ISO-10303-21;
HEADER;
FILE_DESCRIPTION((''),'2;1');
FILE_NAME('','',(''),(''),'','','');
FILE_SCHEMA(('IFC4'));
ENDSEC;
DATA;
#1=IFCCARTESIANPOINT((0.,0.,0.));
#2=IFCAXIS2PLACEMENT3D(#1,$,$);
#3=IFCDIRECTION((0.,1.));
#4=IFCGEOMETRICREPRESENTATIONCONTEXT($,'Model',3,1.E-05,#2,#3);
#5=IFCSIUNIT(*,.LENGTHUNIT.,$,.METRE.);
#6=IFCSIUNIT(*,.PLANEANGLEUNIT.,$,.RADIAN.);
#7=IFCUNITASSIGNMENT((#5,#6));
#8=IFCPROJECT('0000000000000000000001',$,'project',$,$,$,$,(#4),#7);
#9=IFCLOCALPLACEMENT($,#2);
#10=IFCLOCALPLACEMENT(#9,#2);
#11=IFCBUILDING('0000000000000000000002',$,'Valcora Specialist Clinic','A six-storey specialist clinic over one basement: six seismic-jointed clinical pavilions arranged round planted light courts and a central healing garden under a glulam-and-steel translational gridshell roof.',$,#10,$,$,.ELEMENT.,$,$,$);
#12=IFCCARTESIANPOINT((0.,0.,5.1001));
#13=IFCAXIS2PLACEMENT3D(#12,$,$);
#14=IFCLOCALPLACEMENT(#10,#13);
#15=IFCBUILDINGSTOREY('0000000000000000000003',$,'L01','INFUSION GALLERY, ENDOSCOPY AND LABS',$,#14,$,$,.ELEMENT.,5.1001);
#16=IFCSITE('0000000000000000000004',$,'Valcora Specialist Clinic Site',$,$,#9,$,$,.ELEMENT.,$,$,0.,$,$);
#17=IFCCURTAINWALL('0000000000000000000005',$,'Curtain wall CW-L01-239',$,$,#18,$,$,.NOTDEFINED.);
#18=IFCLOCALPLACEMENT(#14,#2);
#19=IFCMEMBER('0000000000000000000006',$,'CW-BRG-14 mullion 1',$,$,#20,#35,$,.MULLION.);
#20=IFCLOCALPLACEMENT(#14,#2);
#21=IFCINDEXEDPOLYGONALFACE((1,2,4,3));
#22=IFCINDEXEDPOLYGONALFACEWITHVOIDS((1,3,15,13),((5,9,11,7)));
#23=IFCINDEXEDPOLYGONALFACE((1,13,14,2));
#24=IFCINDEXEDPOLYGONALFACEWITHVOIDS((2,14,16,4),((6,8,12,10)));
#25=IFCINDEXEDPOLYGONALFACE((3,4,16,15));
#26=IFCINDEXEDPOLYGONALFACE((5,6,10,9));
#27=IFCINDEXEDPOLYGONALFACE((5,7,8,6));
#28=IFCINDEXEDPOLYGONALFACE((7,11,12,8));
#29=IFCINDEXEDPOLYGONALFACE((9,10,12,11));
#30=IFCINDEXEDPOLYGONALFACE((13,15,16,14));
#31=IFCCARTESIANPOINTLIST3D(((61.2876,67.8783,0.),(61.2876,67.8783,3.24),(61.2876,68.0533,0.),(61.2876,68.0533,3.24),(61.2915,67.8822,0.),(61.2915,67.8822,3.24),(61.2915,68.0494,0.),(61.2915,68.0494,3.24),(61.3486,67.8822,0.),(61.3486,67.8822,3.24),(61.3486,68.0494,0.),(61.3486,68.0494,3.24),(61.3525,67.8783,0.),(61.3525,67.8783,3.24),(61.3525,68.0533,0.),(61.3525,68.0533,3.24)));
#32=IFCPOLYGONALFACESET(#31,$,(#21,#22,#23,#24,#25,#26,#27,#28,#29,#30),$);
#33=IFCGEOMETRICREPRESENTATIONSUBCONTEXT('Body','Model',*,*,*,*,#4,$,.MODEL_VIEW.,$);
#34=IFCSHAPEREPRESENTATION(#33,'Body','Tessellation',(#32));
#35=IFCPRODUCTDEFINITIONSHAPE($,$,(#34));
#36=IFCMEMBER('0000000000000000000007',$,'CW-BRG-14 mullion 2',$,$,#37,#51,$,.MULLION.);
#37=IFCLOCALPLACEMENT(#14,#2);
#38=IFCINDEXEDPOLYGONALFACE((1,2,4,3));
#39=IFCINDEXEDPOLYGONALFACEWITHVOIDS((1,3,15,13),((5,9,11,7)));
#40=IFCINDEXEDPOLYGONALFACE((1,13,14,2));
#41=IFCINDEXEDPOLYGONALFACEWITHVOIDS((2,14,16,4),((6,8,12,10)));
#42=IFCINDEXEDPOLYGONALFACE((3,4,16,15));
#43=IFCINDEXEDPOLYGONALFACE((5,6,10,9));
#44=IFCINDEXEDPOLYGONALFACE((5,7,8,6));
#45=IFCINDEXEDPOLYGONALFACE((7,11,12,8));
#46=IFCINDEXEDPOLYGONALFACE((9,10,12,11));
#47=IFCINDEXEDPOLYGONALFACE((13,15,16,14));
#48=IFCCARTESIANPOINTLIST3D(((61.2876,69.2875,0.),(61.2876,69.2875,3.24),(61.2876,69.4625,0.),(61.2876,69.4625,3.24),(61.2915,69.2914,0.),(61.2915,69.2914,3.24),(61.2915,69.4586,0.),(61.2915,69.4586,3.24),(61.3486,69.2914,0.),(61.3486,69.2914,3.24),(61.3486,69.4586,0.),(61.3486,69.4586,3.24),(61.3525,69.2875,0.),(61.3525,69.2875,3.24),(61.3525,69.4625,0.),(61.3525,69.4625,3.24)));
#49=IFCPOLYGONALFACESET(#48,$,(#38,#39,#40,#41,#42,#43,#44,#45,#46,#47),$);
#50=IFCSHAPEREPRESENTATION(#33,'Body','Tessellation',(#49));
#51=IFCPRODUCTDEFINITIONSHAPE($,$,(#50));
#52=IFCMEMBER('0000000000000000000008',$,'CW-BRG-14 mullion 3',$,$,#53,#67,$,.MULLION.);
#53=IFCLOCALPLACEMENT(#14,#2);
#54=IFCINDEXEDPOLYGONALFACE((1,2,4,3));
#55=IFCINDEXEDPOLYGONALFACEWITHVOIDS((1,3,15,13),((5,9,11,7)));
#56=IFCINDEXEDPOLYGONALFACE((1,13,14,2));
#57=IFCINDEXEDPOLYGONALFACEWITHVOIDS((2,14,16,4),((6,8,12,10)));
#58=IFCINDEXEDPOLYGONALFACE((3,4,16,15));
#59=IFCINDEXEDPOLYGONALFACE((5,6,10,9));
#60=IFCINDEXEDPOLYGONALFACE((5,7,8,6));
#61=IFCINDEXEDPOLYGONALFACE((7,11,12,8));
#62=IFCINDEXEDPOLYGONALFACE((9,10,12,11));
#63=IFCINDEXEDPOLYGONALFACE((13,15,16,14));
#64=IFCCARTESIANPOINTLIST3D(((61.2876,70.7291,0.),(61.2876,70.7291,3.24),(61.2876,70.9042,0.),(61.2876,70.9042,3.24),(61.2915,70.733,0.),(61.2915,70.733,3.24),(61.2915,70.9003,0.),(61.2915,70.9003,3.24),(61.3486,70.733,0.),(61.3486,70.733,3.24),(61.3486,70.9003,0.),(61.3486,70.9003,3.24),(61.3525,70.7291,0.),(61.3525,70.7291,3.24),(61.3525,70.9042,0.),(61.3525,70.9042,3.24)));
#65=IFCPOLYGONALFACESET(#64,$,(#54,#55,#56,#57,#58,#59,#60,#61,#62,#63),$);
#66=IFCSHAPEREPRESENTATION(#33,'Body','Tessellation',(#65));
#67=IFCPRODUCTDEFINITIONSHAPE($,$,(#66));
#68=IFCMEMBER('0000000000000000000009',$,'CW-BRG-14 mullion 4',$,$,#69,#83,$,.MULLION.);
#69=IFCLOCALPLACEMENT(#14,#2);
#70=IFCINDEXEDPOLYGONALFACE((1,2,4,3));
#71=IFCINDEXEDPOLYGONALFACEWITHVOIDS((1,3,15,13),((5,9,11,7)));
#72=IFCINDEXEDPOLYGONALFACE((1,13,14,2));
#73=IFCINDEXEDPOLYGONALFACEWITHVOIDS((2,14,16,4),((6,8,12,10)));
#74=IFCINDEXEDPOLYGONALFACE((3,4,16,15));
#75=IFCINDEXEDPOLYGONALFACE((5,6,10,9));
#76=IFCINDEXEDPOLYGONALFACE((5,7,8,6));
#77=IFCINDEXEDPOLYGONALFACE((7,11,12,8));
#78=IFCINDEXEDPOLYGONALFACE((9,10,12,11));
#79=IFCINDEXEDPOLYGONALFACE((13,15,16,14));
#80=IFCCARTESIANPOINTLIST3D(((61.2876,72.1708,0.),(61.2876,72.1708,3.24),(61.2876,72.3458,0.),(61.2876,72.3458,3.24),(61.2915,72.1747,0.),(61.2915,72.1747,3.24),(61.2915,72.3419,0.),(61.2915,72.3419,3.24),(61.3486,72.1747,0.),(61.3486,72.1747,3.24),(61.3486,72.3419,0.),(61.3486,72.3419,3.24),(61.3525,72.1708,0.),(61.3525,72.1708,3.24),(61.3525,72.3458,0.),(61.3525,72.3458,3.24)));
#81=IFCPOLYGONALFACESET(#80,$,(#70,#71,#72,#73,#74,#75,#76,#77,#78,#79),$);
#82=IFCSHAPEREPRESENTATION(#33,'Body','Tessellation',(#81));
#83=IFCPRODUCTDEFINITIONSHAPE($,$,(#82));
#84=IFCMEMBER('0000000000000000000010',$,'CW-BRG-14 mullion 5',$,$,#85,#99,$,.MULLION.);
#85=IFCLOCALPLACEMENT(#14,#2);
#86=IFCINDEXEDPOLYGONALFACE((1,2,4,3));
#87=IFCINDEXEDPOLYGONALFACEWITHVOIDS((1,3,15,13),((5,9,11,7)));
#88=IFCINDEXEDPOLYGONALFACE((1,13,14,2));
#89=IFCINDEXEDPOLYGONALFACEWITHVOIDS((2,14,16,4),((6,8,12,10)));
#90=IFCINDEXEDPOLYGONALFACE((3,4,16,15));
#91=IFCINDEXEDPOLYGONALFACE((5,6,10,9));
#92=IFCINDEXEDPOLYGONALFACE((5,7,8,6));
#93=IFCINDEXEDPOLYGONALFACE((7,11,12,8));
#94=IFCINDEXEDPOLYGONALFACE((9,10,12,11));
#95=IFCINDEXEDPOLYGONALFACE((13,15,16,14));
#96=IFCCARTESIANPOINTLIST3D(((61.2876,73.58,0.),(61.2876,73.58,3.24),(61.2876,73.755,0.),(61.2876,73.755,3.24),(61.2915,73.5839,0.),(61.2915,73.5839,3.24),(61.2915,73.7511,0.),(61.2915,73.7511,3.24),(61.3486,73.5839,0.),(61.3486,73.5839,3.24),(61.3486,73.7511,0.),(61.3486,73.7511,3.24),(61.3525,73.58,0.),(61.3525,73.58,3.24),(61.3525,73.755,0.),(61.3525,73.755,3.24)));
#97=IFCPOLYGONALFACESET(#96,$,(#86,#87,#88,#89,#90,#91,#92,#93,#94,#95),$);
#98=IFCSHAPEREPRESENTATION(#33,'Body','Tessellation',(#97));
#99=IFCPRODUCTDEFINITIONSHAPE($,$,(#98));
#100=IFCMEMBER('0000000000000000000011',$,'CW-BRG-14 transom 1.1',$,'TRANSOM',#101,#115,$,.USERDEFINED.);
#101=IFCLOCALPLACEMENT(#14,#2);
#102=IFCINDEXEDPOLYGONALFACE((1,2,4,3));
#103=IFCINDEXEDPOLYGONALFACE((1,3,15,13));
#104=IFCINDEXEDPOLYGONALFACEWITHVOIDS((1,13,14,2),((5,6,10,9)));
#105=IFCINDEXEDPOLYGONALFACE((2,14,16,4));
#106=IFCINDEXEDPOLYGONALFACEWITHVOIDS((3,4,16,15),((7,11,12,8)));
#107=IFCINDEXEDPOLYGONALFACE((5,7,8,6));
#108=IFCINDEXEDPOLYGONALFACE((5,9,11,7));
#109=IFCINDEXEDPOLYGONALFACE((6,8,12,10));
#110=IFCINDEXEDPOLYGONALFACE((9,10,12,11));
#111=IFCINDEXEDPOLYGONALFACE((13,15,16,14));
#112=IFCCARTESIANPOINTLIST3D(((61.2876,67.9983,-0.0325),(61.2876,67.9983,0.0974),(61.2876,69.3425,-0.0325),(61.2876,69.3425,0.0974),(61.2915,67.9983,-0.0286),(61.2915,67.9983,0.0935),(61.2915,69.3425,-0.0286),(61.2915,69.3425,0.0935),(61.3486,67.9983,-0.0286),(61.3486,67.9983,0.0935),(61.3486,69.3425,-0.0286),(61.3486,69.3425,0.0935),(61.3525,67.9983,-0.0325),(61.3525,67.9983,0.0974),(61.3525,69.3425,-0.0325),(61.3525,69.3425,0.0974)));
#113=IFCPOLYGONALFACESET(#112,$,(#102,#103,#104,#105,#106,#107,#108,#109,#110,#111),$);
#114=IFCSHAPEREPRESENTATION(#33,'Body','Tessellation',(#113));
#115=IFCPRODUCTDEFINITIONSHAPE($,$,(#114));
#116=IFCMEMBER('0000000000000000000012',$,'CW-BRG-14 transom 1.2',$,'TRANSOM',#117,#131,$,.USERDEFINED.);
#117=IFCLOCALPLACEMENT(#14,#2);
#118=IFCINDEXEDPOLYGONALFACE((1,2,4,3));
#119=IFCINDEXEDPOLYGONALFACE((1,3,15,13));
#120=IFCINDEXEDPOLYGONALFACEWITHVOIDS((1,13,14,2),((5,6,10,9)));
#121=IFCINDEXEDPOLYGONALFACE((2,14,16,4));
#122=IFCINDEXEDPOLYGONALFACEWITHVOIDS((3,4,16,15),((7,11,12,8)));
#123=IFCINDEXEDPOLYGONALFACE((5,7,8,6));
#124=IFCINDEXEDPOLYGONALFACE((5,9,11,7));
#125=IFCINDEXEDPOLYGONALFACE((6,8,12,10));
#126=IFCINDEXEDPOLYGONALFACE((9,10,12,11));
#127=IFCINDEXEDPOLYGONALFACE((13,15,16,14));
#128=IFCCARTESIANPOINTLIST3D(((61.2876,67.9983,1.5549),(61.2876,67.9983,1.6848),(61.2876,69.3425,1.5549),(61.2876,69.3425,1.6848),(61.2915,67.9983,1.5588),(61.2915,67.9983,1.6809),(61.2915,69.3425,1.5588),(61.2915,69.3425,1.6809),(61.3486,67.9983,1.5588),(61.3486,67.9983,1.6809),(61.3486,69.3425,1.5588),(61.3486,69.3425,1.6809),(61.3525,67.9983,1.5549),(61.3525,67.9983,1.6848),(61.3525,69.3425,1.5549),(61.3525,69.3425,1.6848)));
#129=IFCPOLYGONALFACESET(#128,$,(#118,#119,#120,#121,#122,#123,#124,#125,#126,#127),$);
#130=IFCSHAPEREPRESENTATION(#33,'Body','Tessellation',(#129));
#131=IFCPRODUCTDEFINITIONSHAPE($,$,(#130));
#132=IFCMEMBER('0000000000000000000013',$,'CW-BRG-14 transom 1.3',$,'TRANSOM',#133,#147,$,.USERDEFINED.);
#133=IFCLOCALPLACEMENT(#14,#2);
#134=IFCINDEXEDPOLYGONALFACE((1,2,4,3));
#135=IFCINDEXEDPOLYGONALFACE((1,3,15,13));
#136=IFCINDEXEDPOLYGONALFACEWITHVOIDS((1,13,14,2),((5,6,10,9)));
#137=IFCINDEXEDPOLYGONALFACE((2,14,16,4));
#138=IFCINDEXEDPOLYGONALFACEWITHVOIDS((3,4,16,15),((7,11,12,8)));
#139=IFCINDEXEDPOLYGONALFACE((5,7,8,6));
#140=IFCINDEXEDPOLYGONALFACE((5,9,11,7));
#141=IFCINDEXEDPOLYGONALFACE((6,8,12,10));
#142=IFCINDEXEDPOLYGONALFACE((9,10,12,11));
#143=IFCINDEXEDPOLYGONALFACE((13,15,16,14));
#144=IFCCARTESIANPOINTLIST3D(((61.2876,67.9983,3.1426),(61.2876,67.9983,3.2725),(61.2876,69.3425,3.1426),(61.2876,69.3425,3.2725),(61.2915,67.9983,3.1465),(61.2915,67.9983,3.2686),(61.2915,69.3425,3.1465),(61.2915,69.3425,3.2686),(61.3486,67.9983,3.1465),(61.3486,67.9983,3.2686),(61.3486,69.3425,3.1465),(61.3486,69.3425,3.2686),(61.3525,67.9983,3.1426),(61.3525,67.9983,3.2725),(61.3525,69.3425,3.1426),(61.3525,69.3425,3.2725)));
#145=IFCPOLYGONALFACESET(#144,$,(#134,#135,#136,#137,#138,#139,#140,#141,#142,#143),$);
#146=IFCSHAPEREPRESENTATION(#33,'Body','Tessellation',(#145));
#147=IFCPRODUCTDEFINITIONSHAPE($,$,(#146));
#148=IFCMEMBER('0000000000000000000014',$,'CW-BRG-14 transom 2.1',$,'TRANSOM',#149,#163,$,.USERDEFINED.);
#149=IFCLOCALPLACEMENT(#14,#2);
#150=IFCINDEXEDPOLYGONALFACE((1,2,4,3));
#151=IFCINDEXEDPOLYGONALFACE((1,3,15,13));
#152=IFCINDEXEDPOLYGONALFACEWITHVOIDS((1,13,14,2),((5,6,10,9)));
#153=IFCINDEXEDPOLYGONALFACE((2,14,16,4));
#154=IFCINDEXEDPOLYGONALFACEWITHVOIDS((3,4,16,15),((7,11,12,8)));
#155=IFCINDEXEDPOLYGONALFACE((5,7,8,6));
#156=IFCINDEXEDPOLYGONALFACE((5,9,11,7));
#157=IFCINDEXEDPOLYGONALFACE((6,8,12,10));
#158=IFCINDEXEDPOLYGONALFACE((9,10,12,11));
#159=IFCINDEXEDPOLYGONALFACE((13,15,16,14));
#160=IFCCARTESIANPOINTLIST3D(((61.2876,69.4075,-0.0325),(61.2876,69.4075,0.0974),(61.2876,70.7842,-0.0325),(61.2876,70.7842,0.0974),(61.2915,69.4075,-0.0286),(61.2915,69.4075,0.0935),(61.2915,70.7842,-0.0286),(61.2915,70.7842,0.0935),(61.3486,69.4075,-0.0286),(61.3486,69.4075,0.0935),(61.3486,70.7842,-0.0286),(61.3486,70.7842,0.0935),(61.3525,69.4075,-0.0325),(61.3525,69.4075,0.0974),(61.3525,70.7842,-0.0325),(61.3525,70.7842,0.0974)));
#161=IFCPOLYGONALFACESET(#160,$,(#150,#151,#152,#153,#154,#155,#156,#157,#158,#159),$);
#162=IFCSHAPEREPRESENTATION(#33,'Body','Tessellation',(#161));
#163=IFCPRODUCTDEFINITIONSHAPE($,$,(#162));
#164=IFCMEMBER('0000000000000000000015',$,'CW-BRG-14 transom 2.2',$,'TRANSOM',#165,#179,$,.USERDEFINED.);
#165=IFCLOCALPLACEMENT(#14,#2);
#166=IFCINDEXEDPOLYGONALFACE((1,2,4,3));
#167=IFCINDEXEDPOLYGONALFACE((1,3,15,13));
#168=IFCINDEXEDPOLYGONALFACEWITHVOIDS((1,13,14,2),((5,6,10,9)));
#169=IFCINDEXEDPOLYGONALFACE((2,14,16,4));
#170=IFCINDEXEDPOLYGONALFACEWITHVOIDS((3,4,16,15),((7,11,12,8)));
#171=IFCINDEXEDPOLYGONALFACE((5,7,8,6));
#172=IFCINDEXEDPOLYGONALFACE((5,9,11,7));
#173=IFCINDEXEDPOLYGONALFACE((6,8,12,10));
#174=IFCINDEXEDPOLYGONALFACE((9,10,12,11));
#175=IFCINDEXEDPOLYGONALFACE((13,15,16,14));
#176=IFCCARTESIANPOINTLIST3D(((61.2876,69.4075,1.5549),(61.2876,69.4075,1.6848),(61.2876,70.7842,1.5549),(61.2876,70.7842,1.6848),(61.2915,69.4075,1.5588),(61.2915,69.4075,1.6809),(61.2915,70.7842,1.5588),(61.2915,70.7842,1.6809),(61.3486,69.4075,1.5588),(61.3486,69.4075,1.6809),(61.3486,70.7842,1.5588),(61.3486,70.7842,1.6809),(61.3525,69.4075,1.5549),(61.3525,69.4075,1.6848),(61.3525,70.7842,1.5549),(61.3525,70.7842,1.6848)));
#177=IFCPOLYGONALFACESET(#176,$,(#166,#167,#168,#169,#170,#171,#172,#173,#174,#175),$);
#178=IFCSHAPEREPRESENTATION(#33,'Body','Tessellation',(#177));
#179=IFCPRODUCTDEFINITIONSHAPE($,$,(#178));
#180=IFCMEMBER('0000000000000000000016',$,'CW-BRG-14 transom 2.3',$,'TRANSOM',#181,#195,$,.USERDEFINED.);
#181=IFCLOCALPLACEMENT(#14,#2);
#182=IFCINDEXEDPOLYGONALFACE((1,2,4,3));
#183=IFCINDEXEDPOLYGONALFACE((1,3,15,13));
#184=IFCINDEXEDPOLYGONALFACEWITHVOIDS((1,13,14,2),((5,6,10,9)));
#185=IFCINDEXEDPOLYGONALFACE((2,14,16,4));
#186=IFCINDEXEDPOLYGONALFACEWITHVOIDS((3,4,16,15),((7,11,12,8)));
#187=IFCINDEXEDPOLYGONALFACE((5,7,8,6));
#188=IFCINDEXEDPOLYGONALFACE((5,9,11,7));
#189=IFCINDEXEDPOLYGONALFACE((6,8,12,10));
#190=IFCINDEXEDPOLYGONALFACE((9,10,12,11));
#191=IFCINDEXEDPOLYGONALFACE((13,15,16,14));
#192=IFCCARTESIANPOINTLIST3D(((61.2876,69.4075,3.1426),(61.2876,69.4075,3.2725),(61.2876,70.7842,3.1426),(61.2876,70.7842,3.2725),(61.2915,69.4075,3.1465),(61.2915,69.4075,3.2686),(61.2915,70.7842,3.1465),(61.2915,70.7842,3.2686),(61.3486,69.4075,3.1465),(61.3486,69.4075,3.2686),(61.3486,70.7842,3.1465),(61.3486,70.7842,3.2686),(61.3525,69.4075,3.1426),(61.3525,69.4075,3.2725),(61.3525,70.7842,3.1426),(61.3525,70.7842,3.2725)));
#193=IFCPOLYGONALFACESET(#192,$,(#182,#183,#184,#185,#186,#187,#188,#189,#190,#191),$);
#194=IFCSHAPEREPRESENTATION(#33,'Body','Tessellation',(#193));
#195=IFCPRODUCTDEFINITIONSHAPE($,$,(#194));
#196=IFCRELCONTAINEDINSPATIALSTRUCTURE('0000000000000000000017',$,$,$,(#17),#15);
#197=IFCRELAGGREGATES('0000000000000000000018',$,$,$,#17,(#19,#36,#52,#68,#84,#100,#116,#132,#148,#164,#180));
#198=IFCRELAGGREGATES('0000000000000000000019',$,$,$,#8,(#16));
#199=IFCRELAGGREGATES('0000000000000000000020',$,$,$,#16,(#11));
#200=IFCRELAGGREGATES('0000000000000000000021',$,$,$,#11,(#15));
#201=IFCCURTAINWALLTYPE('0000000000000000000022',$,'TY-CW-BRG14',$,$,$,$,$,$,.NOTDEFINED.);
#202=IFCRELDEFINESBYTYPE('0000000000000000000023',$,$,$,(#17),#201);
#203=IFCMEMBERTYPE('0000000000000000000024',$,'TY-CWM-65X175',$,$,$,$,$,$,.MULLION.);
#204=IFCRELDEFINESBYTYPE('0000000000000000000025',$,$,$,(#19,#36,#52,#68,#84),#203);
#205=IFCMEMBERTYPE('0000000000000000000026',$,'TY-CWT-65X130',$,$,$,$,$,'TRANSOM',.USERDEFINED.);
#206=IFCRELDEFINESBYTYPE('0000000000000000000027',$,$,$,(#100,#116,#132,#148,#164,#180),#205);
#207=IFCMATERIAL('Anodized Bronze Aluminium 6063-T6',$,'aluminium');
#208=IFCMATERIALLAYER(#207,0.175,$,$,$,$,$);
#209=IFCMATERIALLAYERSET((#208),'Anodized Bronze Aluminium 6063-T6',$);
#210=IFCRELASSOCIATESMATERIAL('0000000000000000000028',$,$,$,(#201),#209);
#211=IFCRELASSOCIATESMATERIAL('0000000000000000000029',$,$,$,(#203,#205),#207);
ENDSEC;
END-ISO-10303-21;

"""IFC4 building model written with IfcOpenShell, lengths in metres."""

from ifc_helpers import new_model, si_unit, direction, frame, origin, origin_2d, place, context, subcontext, project, spatial, hollow_rectangle, extrude, material, layer, layer_set, material_profile, profile_set, type_object, element, aggregate, save


model = new_model("IFC4")

# Units and contexts
model_context = context("Model", 3, precision=1e-05, world=origin(), true_north=direction((0.0, 1.0)))
body_context = subcontext(model_context, "Body", "Model", "MODEL_VIEW")
ifc_project = project(units=[si_unit("LENGTHUNIT", "METRE"), si_unit("PLANEANGLEUNIT", "RADIAN")], contexts=[model_context])

# Site, building, storey
site_placement = place(None, origin())
site = spatial("IfcSite", under=ifc_project, at=site_placement, Name="Valcora Specialist Clinic Site", CompositionType="ELEMENT", RefElevation=0.0)
building_placement = place(site_placement, origin())
building = spatial("IfcBuilding", under=site, at=building_placement, Name="Valcora Specialist Clinic", Description="A six-storey specialist clinic over one basement: six seismic-jointed clinical pavilions arranged round planted light courts and a central healing garden under a glulam-and-steel translational gridshell roof.", CompositionType="ELEMENT")
storey_placement = place(building_placement, frame((0.0, 0.0, 5.1001)))
storey = spatial("IfcBuildingStorey", under=building, at=storey_placement, Name="L01", Description="INFUSION GALLERY, ENDOSCOPY AND LABS", CompositionType="ELEMENT", Elevation=5.1001)

# Curtain wall, members
ifc_material_1 = material(Name="Anodized Bronze Aluminium 6063-T6", Category="aluminium")
ifc_layer_1 = layer(ifc_material_1, 0.175)
ifc_layer_set_1 = layer_set([ifc_layer_1], Name="Anodized Bronze Aluminium 6063-T6")
curtain_wall_type = type_object("IfcCurtainWallType", Name="TY-CW-BRG14", PredefinedType="NOTDEFINED", material=ifc_layer_set_1)
curtain_wall_placement = place(storey_placement, origin())
curtain_wall = element("IfcCurtainWall", 1, at=curtain_wall_placement, inside=storey, type_object=curtain_wall_type, Name="Curtain wall CW-L01-239", PredefinedType="NOTDEFINED")
ifc_material_profile_1 = material_profile(ifc_material_1, hollow_rectangle(XDim=0.0649, YDim=0.175, WallThickness=0.0039, at=origin_2d()), Name="AL-MUL-65X175")
ifc_profile_set_1 = profile_set([ifc_material_profile_1], Name="Anodized Bronze Aluminium 6063-T6")
member_type_1 = type_object("IfcMemberType", Name="TY-CWM-65X175", PredefinedType="MULLION", material=ifc_profile_set_1)
member_1_placement = place(storey_placement, frame((61.3201, 67.9658, 0.0), z_axis=(0.0, 0.0, 1.0), x_axis=(-1.0, 0.0, 0.0)))
member_1 = element("IfcMember", 2, at=member_1_placement, type_object=member_type_1, Name="CW-BRG-14 mullion 1", PredefinedType="MULLION", context=body_context, shape_type="SweptSolid", body=[
    extrude(hollow_rectangle(XDim=0.0649, YDim=0.175, WallThickness=0.0039, at=origin_2d()), origin(), (0.0, 0.0, 1.0), 3.24),
])
member_2_placement = place(storey_placement, frame((61.3201, 69.375, 0.0), z_axis=(0.0, 0.0, 1.0), x_axis=(-1.0, 0.0, 0.0)))
member_2 = element("IfcMember", 3, at=member_2_placement, type_object=member_type_1, Name="CW-BRG-14 mullion 2", PredefinedType="MULLION", context=body_context, shape_type="SweptSolid", body=[
    extrude(hollow_rectangle(XDim=0.0649, YDim=0.175, WallThickness=0.0039, at=origin_2d()), origin(), (0.0, 0.0, 1.0), 3.24),
])
member_3_placement = place(storey_placement, frame((61.3201, 70.8167, 0.0), z_axis=(0.0, 0.0, 1.0), x_axis=(-1.0, 0.0, 0.0)))
member_3 = element("IfcMember", 4, at=member_3_placement, type_object=member_type_1, Name="CW-BRG-14 mullion 3", PredefinedType="MULLION", context=body_context, shape_type="SweptSolid", body=[
    extrude(hollow_rectangle(XDim=0.0649, YDim=0.175, WallThickness=0.0039, at=origin_2d()), origin(), (0.0, 0.0, 1.0), 3.24),
])
member_4_placement = place(storey_placement, frame((61.3201, 72.2583, 0.0), z_axis=(0.0, 0.0, 1.0), x_axis=(-1.0, 0.0, 0.0)))
member_4 = element("IfcMember", 5, at=member_4_placement, type_object=member_type_1, Name="CW-BRG-14 mullion 4", PredefinedType="MULLION", context=body_context, shape_type="SweptSolid", body=[
    extrude(hollow_rectangle(XDim=0.0649, YDim=0.175, WallThickness=0.0039, at=origin_2d()), origin(), (0.0, 0.0, 1.0), 3.24),
])
member_5_placement = place(storey_placement, frame((61.3201, 73.6675, 0.0), z_axis=(0.0, 0.0, 1.0), x_axis=(-1.0, 0.0, 0.0)))
member_5 = element("IfcMember", 6, at=member_5_placement, type_object=member_type_1, Name="CW-BRG-14 mullion 5", PredefinedType="MULLION", context=body_context, shape_type="SweptSolid", body=[
    extrude(hollow_rectangle(XDim=0.0649, YDim=0.175, WallThickness=0.0039, at=origin_2d()), origin(), (0.0, 0.0, 1.0), 3.24),
])
ifc_material_profile_2 = material_profile(ifc_material_1, hollow_rectangle(XDim=0.0649, YDim=0.1299, WallThickness=0.0039, at=origin_2d()), Name="AL-TRN-65X130")
ifc_profile_set_2 = profile_set([ifc_material_profile_2], Name="Anodized Bronze Aluminium 6063-T6")
member_type_2 = type_object("IfcMemberType", Name="TY-CWT-65X130", ElementType="TRANSOM", PredefinedType="USERDEFINED", material=ifc_profile_set_2)
member_6_placement = place(storey_placement, frame((61.3201, 67.9983, 0.0325), z_axis=(0.0, 1.0, 0.0), x_axis=(-1.0, 0.0, 0.0)))
member_6 = element("IfcMember", 7, at=member_6_placement, type_object=member_type_2, Name="CW-BRG-14 transom 1.1", ObjectType="TRANSOM", PredefinedType="USERDEFINED", context=body_context, shape_type="SweptSolid", body=[
    extrude(hollow_rectangle(XDim=0.0649, YDim=0.1299, WallThickness=0.0039, at=origin_2d()), origin(), (0.0, 0.0, 1.0), 1.3442),
])
member_7_placement = place(storey_placement, frame((61.3201, 67.9983, 1.6199), z_axis=(0.0, 1.0, 0.0), x_axis=(-1.0, 0.0, 0.0)))
member_7 = element("IfcMember", 8, at=member_7_placement, type_object=member_type_2, Name="CW-BRG-14 transom 1.2", ObjectType="TRANSOM", PredefinedType="USERDEFINED", context=body_context, shape_type="SweptSolid", body=[
    extrude(hollow_rectangle(XDim=0.0649, YDim=0.1299, WallThickness=0.0039, at=origin_2d()), origin(), (0.0, 0.0, 1.0), 1.3442),
])
member_8_placement = place(storey_placement, frame((61.3201, 67.9983, 3.2075), z_axis=(0.0, 1.0, 0.0), x_axis=(-1.0, 0.0, 0.0)))
member_8 = element("IfcMember", 9, at=member_8_placement, type_object=member_type_2, Name="CW-BRG-14 transom 1.3", ObjectType="TRANSOM", PredefinedType="USERDEFINED", context=body_context, shape_type="SweptSolid", body=[
    extrude(hollow_rectangle(XDim=0.0649, YDim=0.1299, WallThickness=0.0039, at=origin_2d()), origin(), (0.0, 0.0, 1.0), 1.3442),
])
member_9_placement = place(storey_placement, frame((61.3201, 69.4075, 0.0325), z_axis=(0.0, 1.0, 0.0), x_axis=(-1.0, 0.0, 0.0)))
member_9 = element("IfcMember", 10, at=member_9_placement, type_object=member_type_2, Name="CW-BRG-14 transom 2.1", ObjectType="TRANSOM", PredefinedType="USERDEFINED", context=body_context, shape_type="SweptSolid", body=[
    extrude(hollow_rectangle(XDim=0.0649, YDim=0.1299, WallThickness=0.0039, at=origin_2d()), origin(), (0.0, 0.0, 1.0), 1.3767),
])
member_10_placement = place(storey_placement, frame((61.3201, 69.4075, 1.6199), z_axis=(0.0, 1.0, 0.0), x_axis=(-1.0, 0.0, 0.0)))
member_10 = element("IfcMember", 11, at=member_10_placement, type_object=member_type_2, Name="CW-BRG-14 transom 2.2", ObjectType="TRANSOM", PredefinedType="USERDEFINED", context=body_context, shape_type="SweptSolid", body=[
    extrude(hollow_rectangle(XDim=0.0649, YDim=0.1299, WallThickness=0.0039, at=origin_2d()), origin(), (0.0, 0.0, 1.0), 1.3767),
])
member_11_placement = place(storey_placement, frame((61.3201, 69.4075, 3.2075), z_axis=(0.0, 1.0, 0.0), x_axis=(-1.0, 0.0, 0.0)))
member_11 = element("IfcMember", 12, at=member_11_placement, type_object=member_type_2, Name="CW-BRG-14 transom 2.3", ObjectType="TRANSOM", PredefinedType="USERDEFINED", context=body_context, shape_type="SweptSolid", body=[
    extrude(hollow_rectangle(XDim=0.0649, YDim=0.1299, WallThickness=0.0039, at=origin_2d()), origin(), (0.0, 0.0, 1.0), 1.3767),
])
aggregate(curtain_wall, [member_1, member_2, member_3, member_4, member_5, member_6, member_7, member_8, member_9, member_10, member_11])

save(model, "model.ifc")
